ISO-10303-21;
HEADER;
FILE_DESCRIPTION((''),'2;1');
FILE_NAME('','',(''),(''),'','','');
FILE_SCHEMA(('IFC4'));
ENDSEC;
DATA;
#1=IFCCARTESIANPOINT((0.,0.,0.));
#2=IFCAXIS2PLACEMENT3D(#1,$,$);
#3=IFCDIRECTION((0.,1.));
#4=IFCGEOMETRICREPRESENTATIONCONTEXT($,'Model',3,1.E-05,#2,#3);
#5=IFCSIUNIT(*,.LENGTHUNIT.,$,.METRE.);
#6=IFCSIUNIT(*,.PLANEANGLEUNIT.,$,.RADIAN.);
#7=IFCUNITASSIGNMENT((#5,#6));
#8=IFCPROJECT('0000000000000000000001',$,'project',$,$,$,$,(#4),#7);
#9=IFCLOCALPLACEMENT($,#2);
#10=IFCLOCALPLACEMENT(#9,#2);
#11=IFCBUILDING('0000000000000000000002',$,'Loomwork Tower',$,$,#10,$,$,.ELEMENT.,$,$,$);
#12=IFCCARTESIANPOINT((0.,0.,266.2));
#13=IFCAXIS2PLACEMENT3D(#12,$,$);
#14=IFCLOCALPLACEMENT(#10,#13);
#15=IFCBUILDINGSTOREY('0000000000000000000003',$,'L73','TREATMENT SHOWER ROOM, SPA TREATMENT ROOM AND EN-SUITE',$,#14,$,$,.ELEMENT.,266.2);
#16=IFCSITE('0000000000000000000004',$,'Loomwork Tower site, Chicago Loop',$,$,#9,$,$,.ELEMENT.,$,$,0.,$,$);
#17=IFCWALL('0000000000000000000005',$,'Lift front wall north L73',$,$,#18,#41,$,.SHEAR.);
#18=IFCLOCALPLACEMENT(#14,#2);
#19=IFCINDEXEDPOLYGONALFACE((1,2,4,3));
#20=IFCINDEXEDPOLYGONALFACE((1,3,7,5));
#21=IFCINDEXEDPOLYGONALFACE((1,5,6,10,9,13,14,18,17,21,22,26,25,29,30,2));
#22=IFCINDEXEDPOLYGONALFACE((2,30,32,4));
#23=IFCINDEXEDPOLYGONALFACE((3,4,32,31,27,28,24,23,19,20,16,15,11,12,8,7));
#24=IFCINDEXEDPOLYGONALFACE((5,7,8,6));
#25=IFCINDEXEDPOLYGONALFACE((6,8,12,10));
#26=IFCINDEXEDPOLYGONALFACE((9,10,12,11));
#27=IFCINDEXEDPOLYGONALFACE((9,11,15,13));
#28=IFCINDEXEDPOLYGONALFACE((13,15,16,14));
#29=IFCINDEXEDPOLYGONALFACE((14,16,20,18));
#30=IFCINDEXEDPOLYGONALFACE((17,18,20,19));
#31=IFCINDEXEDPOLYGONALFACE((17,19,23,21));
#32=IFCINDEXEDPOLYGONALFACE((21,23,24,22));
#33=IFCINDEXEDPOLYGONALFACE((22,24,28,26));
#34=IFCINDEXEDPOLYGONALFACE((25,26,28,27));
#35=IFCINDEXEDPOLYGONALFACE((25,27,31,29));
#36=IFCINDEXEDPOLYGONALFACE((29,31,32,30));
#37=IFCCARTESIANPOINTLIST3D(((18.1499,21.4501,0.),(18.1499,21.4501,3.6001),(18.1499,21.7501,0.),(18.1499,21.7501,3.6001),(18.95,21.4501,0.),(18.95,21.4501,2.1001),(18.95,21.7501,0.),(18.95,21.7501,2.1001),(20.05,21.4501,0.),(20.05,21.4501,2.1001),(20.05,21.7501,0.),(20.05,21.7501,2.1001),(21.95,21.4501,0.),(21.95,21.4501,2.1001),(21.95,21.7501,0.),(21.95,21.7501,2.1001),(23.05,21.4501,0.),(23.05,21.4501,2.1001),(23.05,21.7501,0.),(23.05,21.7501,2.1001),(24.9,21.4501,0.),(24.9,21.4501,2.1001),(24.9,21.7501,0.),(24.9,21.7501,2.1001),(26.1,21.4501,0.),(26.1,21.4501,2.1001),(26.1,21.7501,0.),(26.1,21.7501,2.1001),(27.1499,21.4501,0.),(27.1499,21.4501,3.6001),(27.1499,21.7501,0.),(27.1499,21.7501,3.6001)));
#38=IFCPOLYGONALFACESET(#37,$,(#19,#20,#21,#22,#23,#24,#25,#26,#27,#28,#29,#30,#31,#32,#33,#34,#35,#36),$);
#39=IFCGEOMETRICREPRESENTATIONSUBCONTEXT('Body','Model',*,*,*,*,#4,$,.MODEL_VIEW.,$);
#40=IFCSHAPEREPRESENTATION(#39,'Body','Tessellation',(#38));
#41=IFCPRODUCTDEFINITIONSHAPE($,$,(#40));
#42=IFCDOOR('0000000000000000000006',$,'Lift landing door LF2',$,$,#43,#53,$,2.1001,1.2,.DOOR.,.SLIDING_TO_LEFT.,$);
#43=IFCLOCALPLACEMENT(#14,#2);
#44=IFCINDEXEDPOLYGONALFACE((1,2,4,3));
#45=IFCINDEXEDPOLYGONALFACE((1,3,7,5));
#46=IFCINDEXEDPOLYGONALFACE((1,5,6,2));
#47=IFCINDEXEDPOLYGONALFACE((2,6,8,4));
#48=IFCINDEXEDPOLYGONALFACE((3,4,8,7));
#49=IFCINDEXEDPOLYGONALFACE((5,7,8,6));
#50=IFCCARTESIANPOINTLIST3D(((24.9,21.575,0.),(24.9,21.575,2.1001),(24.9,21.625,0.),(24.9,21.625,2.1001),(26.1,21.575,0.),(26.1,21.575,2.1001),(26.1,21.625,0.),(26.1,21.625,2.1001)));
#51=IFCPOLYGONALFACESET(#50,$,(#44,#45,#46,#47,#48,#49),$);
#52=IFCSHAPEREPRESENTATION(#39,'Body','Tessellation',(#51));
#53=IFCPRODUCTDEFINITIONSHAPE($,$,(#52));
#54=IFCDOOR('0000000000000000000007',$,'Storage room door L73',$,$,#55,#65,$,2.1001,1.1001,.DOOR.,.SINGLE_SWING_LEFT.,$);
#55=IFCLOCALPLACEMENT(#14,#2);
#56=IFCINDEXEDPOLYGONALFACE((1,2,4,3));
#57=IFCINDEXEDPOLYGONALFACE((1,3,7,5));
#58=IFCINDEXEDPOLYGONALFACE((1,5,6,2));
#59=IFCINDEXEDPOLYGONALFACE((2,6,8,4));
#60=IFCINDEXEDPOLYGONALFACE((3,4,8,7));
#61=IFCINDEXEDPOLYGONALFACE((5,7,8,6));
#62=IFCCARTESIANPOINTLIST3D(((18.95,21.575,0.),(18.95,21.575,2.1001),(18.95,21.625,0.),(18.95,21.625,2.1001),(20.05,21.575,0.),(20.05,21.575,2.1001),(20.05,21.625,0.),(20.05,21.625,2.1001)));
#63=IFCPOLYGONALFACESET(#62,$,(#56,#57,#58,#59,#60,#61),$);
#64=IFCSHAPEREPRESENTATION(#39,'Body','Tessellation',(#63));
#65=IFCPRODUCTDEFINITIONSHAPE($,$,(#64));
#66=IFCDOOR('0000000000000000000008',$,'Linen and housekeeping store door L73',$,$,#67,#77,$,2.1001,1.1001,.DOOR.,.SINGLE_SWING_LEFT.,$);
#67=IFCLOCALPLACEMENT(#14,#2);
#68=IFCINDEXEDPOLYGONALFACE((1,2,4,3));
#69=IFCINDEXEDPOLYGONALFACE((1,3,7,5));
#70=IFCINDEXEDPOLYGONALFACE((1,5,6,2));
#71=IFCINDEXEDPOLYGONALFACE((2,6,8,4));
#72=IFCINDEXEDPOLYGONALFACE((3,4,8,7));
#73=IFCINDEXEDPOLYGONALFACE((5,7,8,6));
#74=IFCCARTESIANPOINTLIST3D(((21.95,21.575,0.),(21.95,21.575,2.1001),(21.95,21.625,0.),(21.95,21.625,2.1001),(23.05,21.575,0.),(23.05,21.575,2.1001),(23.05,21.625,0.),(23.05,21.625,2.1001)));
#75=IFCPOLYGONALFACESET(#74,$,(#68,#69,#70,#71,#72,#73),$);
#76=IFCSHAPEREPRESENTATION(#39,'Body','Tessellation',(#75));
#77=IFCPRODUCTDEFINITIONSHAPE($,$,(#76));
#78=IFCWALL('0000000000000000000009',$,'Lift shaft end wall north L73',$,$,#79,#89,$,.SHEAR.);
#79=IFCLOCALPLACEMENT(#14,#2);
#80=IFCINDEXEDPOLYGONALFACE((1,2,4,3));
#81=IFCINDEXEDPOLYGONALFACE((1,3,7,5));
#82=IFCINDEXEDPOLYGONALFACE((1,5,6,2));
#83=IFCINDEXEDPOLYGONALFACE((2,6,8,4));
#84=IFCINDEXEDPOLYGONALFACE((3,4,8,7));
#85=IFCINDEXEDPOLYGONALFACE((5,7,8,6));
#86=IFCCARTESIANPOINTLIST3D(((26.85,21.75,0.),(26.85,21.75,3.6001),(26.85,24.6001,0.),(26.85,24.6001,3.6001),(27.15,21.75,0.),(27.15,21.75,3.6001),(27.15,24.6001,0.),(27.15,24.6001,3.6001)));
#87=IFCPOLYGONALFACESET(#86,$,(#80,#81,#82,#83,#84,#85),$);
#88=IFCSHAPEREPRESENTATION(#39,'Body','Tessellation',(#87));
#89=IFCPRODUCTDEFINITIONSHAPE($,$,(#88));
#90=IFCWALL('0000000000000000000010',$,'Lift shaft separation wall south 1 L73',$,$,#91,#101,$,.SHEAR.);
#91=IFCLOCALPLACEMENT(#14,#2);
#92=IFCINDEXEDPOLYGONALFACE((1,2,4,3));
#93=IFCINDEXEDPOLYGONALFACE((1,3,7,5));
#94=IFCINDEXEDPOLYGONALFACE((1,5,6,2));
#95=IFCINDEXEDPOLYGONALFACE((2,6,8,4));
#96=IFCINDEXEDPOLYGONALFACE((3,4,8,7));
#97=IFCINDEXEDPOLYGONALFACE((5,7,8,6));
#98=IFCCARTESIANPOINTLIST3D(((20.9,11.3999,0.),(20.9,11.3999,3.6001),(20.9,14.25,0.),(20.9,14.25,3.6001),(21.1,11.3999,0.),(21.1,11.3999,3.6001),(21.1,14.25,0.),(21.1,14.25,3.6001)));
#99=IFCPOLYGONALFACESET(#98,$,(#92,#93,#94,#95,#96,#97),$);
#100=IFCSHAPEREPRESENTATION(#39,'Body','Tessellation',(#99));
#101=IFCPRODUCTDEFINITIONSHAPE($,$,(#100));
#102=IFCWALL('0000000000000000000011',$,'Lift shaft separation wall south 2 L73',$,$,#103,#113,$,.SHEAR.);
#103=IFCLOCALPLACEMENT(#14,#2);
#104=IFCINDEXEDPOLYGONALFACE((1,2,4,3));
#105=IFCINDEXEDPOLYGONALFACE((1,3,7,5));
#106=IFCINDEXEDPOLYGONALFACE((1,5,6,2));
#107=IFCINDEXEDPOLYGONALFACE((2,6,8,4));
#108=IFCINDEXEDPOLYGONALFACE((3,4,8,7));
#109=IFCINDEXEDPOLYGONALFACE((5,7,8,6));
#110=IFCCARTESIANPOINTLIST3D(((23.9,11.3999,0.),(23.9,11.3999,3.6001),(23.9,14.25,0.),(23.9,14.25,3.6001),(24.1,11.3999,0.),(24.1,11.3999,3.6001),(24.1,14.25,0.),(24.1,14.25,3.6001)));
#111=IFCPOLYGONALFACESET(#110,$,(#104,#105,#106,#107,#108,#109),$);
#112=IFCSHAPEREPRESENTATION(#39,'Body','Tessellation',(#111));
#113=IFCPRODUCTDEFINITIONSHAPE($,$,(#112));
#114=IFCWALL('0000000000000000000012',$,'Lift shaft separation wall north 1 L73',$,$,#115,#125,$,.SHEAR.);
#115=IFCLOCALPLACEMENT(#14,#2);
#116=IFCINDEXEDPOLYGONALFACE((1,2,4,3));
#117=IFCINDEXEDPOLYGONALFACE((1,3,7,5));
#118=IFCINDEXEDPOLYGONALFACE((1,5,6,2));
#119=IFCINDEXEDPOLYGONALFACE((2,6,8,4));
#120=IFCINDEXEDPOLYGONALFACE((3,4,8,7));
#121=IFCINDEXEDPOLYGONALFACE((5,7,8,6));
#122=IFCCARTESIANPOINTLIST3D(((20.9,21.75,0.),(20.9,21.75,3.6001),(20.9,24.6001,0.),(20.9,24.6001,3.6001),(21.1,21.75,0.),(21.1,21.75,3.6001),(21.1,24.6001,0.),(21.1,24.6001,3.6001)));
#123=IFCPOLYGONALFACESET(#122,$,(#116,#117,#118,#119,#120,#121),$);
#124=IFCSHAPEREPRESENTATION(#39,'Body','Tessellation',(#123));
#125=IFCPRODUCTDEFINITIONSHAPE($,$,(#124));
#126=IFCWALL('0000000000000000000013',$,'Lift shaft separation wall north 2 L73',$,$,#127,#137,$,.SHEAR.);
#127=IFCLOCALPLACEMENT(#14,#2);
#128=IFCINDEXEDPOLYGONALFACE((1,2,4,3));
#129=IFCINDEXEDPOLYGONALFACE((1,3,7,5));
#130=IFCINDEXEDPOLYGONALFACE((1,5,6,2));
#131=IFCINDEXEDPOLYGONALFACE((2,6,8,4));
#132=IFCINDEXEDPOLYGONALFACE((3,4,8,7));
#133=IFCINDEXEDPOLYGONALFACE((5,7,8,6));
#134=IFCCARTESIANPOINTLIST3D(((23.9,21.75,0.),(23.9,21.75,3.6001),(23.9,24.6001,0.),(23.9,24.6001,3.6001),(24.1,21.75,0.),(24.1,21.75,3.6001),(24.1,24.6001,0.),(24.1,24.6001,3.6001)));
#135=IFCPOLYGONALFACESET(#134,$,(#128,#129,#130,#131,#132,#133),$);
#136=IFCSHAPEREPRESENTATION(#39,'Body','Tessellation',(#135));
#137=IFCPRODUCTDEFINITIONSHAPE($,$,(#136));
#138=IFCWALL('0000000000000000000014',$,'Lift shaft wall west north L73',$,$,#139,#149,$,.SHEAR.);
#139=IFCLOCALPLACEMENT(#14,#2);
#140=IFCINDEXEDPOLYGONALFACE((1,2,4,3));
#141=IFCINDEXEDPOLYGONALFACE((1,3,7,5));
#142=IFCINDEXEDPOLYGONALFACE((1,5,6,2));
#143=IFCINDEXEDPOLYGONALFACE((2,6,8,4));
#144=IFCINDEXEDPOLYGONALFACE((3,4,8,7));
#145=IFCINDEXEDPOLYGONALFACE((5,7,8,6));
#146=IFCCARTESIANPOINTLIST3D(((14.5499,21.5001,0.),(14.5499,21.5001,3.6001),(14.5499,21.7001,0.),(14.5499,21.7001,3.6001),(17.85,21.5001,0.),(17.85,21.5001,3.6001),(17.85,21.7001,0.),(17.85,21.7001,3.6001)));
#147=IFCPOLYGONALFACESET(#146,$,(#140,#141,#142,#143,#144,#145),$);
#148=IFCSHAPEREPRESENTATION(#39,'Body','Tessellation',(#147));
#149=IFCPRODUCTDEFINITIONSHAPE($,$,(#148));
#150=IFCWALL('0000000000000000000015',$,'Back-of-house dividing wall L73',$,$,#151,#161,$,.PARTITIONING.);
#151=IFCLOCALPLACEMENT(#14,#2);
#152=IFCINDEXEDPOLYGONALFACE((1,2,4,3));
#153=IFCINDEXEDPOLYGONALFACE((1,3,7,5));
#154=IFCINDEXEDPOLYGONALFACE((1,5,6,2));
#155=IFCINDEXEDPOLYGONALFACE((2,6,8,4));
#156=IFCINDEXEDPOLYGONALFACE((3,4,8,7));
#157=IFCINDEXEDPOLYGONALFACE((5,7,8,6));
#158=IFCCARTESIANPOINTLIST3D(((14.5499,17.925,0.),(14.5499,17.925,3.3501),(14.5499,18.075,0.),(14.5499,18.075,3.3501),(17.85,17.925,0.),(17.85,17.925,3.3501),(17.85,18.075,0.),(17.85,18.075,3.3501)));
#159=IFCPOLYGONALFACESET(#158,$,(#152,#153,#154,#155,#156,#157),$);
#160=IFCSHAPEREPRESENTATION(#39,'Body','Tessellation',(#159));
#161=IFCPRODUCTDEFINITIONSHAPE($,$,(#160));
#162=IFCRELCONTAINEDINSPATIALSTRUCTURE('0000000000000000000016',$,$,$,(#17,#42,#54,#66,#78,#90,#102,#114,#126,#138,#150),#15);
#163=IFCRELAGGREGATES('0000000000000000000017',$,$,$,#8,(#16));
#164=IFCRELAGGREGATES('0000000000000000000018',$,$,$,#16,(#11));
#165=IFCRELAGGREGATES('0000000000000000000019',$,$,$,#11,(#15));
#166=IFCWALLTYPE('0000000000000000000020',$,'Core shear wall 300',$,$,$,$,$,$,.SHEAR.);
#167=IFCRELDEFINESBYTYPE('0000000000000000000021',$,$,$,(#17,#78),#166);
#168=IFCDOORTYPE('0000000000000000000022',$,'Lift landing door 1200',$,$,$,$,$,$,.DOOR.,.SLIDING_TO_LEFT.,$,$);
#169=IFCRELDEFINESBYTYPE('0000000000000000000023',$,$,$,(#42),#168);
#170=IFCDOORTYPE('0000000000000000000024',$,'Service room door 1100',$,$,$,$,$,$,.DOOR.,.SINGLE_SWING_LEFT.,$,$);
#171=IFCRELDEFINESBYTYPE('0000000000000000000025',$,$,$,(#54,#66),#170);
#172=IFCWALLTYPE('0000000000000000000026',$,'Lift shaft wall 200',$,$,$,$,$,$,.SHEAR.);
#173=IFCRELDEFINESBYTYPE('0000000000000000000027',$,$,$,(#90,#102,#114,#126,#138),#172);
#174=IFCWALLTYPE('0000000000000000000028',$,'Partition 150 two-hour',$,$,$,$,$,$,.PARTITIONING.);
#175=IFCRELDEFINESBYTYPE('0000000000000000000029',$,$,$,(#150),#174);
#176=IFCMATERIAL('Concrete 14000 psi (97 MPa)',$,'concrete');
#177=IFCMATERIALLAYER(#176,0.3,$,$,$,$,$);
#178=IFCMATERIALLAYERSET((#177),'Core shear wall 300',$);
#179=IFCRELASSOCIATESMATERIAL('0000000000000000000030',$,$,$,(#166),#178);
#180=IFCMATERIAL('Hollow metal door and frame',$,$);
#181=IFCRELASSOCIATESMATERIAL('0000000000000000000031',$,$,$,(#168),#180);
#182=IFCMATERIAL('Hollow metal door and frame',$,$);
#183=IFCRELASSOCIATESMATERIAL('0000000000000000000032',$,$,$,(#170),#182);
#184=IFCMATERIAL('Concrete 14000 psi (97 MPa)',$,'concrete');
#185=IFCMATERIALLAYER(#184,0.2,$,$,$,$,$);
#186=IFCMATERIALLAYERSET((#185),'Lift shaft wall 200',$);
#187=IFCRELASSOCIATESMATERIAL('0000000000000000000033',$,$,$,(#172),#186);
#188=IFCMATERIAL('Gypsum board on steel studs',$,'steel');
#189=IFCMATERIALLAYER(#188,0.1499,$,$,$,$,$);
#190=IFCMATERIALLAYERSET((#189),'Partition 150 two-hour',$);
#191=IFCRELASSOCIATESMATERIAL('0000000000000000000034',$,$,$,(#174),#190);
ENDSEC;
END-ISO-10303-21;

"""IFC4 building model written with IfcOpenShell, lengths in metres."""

from ifc_helpers import new_model, si_unit, direction, frame, frame_2d, origin, place, context, subcontext, project, spatial, rectangle, extrude, material, layer, layer_set, type_object, element, fill, save


model = new_model("IFC4")

# Units and contexts
model_context = context("Model", 3, precision=1e-05, world=origin(), true_north=direction((0.0, 1.0)))
body_context = subcontext(model_context, "Body", "Model", "MODEL_VIEW")
ifc_project = project(units=[si_unit("LENGTHUNIT", "METRE"), si_unit("PLANEANGLEUNIT", "RADIAN")], contexts=[model_context])

# Site, building, storey
site_placement = place(None, origin())
site = spatial("IfcSite", under=ifc_project, at=site_placement, Name="Loomwork Tower site, Chicago Loop", CompositionType="ELEMENT", RefElevation=0.0)
building_placement = place(site_placement, origin())
building = spatial("IfcBuilding", under=site, at=building_placement, Name="Loomwork Tower", CompositionType="ELEMENT")
storey_placement = place(building_placement, frame((0.0, 0.0, 266.2)))
storey = spatial("IfcBuildingStorey", under=building, at=storey_placement, Name="L73", Description="TREATMENT SHOWER ROOM, SPA TREATMENT ROOM AND EN-SUITE", CompositionType="ELEMENT", Elevation=266.2)

# Shared definitions
ifc_material_1 = material(Name="Concrete 14000 psi (97 MPa)", Category="concrete")
ifc_layer_1 = layer(ifc_material_1, 0.3)
ifc_layer_set_1 = layer_set([ifc_layer_1], Name="Core shear wall 300")
wall_type_1 = type_object("IfcWallType", Name="Core shear wall 300", PredefinedType="SHEAR", material=ifc_layer_set_1)
ifc_material_2 = material(Name="Hollow metal door and frame")
door_type_1 = type_object("IfcDoorType", Name="Lift landing door 1200", OperationType="SLIDING_TO_LEFT", PredefinedType="DOOR", material=ifc_material_2)
ifc_material_3 = material(Name="Hollow metal door and frame")
door_type_2 = type_object("IfcDoorType", Name="Service room door 1100", OperationType="SINGLE_SWING_LEFT", PredefinedType="DOOR", material=ifc_material_3)

# Wall, openings, doors
wall_1_placement = place(storey_placement, frame((18.1499, 21.6001, 0.0), z_axis=(0.0, 0.0, 1.0), x_axis=(1.0, 0.0, 0.0)))
wall_1 = element("IfcWall", 1, at=wall_1_placement, inside=storey, type_object=wall_type_1, Name="Lift front wall north L73", PredefinedType="SHEAR", context=body_context, shape_type="SweptSolid", body=[
    extrude(rectangle(XDim=9.0, YDim=0.3, at=frame_2d((4.5, 0.0))), origin(), (0.0, 0.0, 1.0), 3.6001),
])
opening_1_placement = place(wall_1_placement, frame((6.75, 0.0, 0.0)))
opening_1 = element("IfcOpeningElement", 2, at=opening_1_placement, cuts=wall_1, PredefinedType="OPENING", context=body_context, shape_type="SweptSolid", body=[
    extrude(rectangle(XDim=1.2, YDim=2.1001, at=frame_2d((0.6001, 1.05))), frame((0.0, 0.1599, 0.0), z_axis=(0.0, -1.0, 0.0), x_axis=(1.0, 0.0, 0.0)), (0.0, 0.0, 1.0), 0.3201),
])
opening_2_placement = place(wall_1_placement, frame((0.8, 0.0, 0.0)))
opening_2 = element("IfcOpeningElement", 3, at=opening_2_placement, cuts=wall_1, PredefinedType="OPENING", context=body_context, shape_type="SweptSolid", body=[
    extrude(rectangle(XDim=1.1001, YDim=2.1001, at=frame_2d((0.55, 1.05))), frame((0.0, 0.1599, 0.0), z_axis=(0.0, -1.0, 0.0), x_axis=(1.0, 0.0, 0.0)), (0.0, 0.0, 1.0), 0.3201),
])
opening_3_placement = place(wall_1_placement, frame((3.8, 0.0, 0.0)))
opening_3 = element("IfcOpeningElement", 4, at=opening_3_placement, cuts=wall_1, PredefinedType="OPENING", context=body_context, shape_type="SweptSolid", body=[
    extrude(rectangle(XDim=1.1001, YDim=2.1001, at=frame_2d((0.55, 1.05))), frame((0.0, 0.1599, 0.0), z_axis=(0.0, -1.0, 0.0), x_axis=(1.0, 0.0, 0.0)), (0.0, 0.0, 1.0), 0.3201),
])
door_1_placement = place(opening_1_placement, origin())
door_1 = element("IfcDoor", 5, at=door_1_placement, inside=storey, type_object=door_type_1, Name="Lift landing door LF2", OperationType="SLIDING_TO_LEFT", OverallHeight=2.1001, OverallWidth=1.2, PredefinedType="DOOR", context=body_context, shape_type="SweptSolid", body=[
    extrude(rectangle(XDim=1.2, YDim=2.1001, at=frame_2d((0.6001, 1.05))), frame((0.0, 0.0249, 0.0), z_axis=(0.0, -1.0, 0.0), x_axis=(1.0, 0.0, 0.0)), (0.0, 0.0, 1.0), 0.05),
])
fill(opening_1, door_1)
door_2_placement = place(opening_2_placement, origin())
door_2 = element("IfcDoor", 6, at=door_2_placement, inside=storey, type_object=door_type_2, Name="Storage room door L73", OperationType="SINGLE_SWING_LEFT", OverallHeight=2.1001, OverallWidth=1.1001, PredefinedType="DOOR", context=body_context, shape_type="SweptSolid", body=[
    extrude(rectangle(XDim=1.1001, YDim=2.1001, at=frame_2d((0.55, 1.05))), frame((0.0, 0.0249, 0.0), z_axis=(0.0, -1.0, 0.0), x_axis=(1.0, 0.0, 0.0)), (0.0, 0.0, 1.0), 0.05),
])
fill(opening_2, door_2)
door_3_placement = place(opening_3_placement, origin())
door_3 = element("IfcDoor", 7, at=door_3_placement, inside=storey, type_object=door_type_2, Name="Linen and housekeeping store door L73", OperationType="SINGLE_SWING_LEFT", OverallHeight=2.1001, OverallWidth=1.1001, PredefinedType="DOOR", context=body_context, shape_type="SweptSolid", body=[
    extrude(rectangle(XDim=1.1001, YDim=2.1001, at=frame_2d((0.55, 1.05))), frame((0.0, 0.0249, 0.0), z_axis=(0.0, -1.0, 0.0), x_axis=(1.0, 0.0, 0.0)), (0.0, 0.0, 1.0), 0.05),
])
fill(opening_3, door_3)

# Walls
wall_2_placement = place(storey_placement, frame((27.0, 21.75, 0.0), z_axis=(0.0, 0.0, 1.0), x_axis=(0.0, 1.0, 0.0)))
element("IfcWall", 8, at=wall_2_placement, inside=storey, type_object=wall_type_1, Name="Lift shaft end wall north L73", PredefinedType="SHEAR", context=body_context, shape_type="SweptSolid", body=[
    extrude(rectangle(XDim=2.8501, YDim=0.3, at=frame_2d((1.425, 0.0))), origin(), (0.0, 0.0, 1.0), 3.6001),
])
ifc_material_4 = material(Name="Concrete 14000 psi (97 MPa)", Category="concrete")
ifc_layer_2 = layer(ifc_material_4, 0.2)
ifc_layer_set_2 = layer_set([ifc_layer_2], Name="Lift shaft wall 200")
wall_type_2 = type_object("IfcWallType", Name="Lift shaft wall 200", PredefinedType="SHEAR", material=ifc_layer_set_2)
for number, where, z_axis, x_axis, name in (
    (9, (21.0, 11.3999, 0.0), (0.0, 0.0, 1.0), (0.0, 1.0, 0.0), "Lift shaft separation wall south 1 L73"),
    (10, (24.0, 11.3999, 0.0), (0.0, 0.0, 1.0), (0.0, 1.0, 0.0), "Lift shaft separation wall south 2 L73"),
    (11, (21.0, 21.75, 0.0), (0.0, 0.0, 1.0), (0.0, 1.0, 0.0), "Lift shaft separation wall north 1 L73"),
    (12, (24.0, 21.75, 0.0), (0.0, 0.0, 1.0), (0.0, 1.0, 0.0), "Lift shaft separation wall north 2 L73"),
):
    element("IfcWall", number, at=place(storey_placement, frame(where, z_axis=z_axis, x_axis=x_axis)), inside=storey, type_object=wall_type_2, Name=name, PredefinedType="SHEAR", context=body_context, shape_type="SweptSolid", body=[
        extrude(rectangle(XDim=2.8501, YDim=0.2, at=frame_2d((1.425, 0.0))), origin(), (0.0, 0.0, 1.0), 3.6001),
    ])
wall_3_placement = place(storey_placement, frame((14.55, 21.6001, 0.0), z_axis=(0.0, 0.0, 1.0), x_axis=(1.0, 0.0, 0.0)))
element("IfcWall", 13, at=wall_3_placement, inside=storey, type_object=wall_type_2, Name="Lift shaft wall west north L73", PredefinedType="SHEAR", context=body_context, shape_type="SweptSolid", body=[
    extrude(rectangle(XDim=3.3, YDim=0.2, at=frame_2d((1.6499, 0.0))), origin(), (0.0, 0.0, 1.0), 3.6001),
])
ifc_material_5 = material(Name="Gypsum board on steel studs", Category="steel")
ifc_layer_3 = layer(ifc_material_5, 0.1499)
ifc_layer_set_3 = layer_set([ifc_layer_3], Name="Partition 150 two-hour")
wall_type_3 = type_object("IfcWallType", Name="Partition 150 two-hour", PredefinedType="PARTITIONING", material=ifc_layer_set_3)
wall_4_placement = place(storey_placement, frame((14.55, 18.0, 0.0), z_axis=(0.0, 0.0, 1.0), x_axis=(1.0, 0.0, 0.0)))
element("IfcWall", 14, at=wall_4_placement, inside=storey, type_object=wall_type_3, Name="Back-of-house dividing wall L73", PredefinedType="PARTITIONING", context=body_context, shape_type="SweptSolid", body=[
    extrude(rectangle(XDim=3.3, YDim=0.1499, at=frame_2d((1.6499, 0.0))), origin(), (0.0, 0.0, 1.0), 3.3501),
])

save(model, "model.ifc")
